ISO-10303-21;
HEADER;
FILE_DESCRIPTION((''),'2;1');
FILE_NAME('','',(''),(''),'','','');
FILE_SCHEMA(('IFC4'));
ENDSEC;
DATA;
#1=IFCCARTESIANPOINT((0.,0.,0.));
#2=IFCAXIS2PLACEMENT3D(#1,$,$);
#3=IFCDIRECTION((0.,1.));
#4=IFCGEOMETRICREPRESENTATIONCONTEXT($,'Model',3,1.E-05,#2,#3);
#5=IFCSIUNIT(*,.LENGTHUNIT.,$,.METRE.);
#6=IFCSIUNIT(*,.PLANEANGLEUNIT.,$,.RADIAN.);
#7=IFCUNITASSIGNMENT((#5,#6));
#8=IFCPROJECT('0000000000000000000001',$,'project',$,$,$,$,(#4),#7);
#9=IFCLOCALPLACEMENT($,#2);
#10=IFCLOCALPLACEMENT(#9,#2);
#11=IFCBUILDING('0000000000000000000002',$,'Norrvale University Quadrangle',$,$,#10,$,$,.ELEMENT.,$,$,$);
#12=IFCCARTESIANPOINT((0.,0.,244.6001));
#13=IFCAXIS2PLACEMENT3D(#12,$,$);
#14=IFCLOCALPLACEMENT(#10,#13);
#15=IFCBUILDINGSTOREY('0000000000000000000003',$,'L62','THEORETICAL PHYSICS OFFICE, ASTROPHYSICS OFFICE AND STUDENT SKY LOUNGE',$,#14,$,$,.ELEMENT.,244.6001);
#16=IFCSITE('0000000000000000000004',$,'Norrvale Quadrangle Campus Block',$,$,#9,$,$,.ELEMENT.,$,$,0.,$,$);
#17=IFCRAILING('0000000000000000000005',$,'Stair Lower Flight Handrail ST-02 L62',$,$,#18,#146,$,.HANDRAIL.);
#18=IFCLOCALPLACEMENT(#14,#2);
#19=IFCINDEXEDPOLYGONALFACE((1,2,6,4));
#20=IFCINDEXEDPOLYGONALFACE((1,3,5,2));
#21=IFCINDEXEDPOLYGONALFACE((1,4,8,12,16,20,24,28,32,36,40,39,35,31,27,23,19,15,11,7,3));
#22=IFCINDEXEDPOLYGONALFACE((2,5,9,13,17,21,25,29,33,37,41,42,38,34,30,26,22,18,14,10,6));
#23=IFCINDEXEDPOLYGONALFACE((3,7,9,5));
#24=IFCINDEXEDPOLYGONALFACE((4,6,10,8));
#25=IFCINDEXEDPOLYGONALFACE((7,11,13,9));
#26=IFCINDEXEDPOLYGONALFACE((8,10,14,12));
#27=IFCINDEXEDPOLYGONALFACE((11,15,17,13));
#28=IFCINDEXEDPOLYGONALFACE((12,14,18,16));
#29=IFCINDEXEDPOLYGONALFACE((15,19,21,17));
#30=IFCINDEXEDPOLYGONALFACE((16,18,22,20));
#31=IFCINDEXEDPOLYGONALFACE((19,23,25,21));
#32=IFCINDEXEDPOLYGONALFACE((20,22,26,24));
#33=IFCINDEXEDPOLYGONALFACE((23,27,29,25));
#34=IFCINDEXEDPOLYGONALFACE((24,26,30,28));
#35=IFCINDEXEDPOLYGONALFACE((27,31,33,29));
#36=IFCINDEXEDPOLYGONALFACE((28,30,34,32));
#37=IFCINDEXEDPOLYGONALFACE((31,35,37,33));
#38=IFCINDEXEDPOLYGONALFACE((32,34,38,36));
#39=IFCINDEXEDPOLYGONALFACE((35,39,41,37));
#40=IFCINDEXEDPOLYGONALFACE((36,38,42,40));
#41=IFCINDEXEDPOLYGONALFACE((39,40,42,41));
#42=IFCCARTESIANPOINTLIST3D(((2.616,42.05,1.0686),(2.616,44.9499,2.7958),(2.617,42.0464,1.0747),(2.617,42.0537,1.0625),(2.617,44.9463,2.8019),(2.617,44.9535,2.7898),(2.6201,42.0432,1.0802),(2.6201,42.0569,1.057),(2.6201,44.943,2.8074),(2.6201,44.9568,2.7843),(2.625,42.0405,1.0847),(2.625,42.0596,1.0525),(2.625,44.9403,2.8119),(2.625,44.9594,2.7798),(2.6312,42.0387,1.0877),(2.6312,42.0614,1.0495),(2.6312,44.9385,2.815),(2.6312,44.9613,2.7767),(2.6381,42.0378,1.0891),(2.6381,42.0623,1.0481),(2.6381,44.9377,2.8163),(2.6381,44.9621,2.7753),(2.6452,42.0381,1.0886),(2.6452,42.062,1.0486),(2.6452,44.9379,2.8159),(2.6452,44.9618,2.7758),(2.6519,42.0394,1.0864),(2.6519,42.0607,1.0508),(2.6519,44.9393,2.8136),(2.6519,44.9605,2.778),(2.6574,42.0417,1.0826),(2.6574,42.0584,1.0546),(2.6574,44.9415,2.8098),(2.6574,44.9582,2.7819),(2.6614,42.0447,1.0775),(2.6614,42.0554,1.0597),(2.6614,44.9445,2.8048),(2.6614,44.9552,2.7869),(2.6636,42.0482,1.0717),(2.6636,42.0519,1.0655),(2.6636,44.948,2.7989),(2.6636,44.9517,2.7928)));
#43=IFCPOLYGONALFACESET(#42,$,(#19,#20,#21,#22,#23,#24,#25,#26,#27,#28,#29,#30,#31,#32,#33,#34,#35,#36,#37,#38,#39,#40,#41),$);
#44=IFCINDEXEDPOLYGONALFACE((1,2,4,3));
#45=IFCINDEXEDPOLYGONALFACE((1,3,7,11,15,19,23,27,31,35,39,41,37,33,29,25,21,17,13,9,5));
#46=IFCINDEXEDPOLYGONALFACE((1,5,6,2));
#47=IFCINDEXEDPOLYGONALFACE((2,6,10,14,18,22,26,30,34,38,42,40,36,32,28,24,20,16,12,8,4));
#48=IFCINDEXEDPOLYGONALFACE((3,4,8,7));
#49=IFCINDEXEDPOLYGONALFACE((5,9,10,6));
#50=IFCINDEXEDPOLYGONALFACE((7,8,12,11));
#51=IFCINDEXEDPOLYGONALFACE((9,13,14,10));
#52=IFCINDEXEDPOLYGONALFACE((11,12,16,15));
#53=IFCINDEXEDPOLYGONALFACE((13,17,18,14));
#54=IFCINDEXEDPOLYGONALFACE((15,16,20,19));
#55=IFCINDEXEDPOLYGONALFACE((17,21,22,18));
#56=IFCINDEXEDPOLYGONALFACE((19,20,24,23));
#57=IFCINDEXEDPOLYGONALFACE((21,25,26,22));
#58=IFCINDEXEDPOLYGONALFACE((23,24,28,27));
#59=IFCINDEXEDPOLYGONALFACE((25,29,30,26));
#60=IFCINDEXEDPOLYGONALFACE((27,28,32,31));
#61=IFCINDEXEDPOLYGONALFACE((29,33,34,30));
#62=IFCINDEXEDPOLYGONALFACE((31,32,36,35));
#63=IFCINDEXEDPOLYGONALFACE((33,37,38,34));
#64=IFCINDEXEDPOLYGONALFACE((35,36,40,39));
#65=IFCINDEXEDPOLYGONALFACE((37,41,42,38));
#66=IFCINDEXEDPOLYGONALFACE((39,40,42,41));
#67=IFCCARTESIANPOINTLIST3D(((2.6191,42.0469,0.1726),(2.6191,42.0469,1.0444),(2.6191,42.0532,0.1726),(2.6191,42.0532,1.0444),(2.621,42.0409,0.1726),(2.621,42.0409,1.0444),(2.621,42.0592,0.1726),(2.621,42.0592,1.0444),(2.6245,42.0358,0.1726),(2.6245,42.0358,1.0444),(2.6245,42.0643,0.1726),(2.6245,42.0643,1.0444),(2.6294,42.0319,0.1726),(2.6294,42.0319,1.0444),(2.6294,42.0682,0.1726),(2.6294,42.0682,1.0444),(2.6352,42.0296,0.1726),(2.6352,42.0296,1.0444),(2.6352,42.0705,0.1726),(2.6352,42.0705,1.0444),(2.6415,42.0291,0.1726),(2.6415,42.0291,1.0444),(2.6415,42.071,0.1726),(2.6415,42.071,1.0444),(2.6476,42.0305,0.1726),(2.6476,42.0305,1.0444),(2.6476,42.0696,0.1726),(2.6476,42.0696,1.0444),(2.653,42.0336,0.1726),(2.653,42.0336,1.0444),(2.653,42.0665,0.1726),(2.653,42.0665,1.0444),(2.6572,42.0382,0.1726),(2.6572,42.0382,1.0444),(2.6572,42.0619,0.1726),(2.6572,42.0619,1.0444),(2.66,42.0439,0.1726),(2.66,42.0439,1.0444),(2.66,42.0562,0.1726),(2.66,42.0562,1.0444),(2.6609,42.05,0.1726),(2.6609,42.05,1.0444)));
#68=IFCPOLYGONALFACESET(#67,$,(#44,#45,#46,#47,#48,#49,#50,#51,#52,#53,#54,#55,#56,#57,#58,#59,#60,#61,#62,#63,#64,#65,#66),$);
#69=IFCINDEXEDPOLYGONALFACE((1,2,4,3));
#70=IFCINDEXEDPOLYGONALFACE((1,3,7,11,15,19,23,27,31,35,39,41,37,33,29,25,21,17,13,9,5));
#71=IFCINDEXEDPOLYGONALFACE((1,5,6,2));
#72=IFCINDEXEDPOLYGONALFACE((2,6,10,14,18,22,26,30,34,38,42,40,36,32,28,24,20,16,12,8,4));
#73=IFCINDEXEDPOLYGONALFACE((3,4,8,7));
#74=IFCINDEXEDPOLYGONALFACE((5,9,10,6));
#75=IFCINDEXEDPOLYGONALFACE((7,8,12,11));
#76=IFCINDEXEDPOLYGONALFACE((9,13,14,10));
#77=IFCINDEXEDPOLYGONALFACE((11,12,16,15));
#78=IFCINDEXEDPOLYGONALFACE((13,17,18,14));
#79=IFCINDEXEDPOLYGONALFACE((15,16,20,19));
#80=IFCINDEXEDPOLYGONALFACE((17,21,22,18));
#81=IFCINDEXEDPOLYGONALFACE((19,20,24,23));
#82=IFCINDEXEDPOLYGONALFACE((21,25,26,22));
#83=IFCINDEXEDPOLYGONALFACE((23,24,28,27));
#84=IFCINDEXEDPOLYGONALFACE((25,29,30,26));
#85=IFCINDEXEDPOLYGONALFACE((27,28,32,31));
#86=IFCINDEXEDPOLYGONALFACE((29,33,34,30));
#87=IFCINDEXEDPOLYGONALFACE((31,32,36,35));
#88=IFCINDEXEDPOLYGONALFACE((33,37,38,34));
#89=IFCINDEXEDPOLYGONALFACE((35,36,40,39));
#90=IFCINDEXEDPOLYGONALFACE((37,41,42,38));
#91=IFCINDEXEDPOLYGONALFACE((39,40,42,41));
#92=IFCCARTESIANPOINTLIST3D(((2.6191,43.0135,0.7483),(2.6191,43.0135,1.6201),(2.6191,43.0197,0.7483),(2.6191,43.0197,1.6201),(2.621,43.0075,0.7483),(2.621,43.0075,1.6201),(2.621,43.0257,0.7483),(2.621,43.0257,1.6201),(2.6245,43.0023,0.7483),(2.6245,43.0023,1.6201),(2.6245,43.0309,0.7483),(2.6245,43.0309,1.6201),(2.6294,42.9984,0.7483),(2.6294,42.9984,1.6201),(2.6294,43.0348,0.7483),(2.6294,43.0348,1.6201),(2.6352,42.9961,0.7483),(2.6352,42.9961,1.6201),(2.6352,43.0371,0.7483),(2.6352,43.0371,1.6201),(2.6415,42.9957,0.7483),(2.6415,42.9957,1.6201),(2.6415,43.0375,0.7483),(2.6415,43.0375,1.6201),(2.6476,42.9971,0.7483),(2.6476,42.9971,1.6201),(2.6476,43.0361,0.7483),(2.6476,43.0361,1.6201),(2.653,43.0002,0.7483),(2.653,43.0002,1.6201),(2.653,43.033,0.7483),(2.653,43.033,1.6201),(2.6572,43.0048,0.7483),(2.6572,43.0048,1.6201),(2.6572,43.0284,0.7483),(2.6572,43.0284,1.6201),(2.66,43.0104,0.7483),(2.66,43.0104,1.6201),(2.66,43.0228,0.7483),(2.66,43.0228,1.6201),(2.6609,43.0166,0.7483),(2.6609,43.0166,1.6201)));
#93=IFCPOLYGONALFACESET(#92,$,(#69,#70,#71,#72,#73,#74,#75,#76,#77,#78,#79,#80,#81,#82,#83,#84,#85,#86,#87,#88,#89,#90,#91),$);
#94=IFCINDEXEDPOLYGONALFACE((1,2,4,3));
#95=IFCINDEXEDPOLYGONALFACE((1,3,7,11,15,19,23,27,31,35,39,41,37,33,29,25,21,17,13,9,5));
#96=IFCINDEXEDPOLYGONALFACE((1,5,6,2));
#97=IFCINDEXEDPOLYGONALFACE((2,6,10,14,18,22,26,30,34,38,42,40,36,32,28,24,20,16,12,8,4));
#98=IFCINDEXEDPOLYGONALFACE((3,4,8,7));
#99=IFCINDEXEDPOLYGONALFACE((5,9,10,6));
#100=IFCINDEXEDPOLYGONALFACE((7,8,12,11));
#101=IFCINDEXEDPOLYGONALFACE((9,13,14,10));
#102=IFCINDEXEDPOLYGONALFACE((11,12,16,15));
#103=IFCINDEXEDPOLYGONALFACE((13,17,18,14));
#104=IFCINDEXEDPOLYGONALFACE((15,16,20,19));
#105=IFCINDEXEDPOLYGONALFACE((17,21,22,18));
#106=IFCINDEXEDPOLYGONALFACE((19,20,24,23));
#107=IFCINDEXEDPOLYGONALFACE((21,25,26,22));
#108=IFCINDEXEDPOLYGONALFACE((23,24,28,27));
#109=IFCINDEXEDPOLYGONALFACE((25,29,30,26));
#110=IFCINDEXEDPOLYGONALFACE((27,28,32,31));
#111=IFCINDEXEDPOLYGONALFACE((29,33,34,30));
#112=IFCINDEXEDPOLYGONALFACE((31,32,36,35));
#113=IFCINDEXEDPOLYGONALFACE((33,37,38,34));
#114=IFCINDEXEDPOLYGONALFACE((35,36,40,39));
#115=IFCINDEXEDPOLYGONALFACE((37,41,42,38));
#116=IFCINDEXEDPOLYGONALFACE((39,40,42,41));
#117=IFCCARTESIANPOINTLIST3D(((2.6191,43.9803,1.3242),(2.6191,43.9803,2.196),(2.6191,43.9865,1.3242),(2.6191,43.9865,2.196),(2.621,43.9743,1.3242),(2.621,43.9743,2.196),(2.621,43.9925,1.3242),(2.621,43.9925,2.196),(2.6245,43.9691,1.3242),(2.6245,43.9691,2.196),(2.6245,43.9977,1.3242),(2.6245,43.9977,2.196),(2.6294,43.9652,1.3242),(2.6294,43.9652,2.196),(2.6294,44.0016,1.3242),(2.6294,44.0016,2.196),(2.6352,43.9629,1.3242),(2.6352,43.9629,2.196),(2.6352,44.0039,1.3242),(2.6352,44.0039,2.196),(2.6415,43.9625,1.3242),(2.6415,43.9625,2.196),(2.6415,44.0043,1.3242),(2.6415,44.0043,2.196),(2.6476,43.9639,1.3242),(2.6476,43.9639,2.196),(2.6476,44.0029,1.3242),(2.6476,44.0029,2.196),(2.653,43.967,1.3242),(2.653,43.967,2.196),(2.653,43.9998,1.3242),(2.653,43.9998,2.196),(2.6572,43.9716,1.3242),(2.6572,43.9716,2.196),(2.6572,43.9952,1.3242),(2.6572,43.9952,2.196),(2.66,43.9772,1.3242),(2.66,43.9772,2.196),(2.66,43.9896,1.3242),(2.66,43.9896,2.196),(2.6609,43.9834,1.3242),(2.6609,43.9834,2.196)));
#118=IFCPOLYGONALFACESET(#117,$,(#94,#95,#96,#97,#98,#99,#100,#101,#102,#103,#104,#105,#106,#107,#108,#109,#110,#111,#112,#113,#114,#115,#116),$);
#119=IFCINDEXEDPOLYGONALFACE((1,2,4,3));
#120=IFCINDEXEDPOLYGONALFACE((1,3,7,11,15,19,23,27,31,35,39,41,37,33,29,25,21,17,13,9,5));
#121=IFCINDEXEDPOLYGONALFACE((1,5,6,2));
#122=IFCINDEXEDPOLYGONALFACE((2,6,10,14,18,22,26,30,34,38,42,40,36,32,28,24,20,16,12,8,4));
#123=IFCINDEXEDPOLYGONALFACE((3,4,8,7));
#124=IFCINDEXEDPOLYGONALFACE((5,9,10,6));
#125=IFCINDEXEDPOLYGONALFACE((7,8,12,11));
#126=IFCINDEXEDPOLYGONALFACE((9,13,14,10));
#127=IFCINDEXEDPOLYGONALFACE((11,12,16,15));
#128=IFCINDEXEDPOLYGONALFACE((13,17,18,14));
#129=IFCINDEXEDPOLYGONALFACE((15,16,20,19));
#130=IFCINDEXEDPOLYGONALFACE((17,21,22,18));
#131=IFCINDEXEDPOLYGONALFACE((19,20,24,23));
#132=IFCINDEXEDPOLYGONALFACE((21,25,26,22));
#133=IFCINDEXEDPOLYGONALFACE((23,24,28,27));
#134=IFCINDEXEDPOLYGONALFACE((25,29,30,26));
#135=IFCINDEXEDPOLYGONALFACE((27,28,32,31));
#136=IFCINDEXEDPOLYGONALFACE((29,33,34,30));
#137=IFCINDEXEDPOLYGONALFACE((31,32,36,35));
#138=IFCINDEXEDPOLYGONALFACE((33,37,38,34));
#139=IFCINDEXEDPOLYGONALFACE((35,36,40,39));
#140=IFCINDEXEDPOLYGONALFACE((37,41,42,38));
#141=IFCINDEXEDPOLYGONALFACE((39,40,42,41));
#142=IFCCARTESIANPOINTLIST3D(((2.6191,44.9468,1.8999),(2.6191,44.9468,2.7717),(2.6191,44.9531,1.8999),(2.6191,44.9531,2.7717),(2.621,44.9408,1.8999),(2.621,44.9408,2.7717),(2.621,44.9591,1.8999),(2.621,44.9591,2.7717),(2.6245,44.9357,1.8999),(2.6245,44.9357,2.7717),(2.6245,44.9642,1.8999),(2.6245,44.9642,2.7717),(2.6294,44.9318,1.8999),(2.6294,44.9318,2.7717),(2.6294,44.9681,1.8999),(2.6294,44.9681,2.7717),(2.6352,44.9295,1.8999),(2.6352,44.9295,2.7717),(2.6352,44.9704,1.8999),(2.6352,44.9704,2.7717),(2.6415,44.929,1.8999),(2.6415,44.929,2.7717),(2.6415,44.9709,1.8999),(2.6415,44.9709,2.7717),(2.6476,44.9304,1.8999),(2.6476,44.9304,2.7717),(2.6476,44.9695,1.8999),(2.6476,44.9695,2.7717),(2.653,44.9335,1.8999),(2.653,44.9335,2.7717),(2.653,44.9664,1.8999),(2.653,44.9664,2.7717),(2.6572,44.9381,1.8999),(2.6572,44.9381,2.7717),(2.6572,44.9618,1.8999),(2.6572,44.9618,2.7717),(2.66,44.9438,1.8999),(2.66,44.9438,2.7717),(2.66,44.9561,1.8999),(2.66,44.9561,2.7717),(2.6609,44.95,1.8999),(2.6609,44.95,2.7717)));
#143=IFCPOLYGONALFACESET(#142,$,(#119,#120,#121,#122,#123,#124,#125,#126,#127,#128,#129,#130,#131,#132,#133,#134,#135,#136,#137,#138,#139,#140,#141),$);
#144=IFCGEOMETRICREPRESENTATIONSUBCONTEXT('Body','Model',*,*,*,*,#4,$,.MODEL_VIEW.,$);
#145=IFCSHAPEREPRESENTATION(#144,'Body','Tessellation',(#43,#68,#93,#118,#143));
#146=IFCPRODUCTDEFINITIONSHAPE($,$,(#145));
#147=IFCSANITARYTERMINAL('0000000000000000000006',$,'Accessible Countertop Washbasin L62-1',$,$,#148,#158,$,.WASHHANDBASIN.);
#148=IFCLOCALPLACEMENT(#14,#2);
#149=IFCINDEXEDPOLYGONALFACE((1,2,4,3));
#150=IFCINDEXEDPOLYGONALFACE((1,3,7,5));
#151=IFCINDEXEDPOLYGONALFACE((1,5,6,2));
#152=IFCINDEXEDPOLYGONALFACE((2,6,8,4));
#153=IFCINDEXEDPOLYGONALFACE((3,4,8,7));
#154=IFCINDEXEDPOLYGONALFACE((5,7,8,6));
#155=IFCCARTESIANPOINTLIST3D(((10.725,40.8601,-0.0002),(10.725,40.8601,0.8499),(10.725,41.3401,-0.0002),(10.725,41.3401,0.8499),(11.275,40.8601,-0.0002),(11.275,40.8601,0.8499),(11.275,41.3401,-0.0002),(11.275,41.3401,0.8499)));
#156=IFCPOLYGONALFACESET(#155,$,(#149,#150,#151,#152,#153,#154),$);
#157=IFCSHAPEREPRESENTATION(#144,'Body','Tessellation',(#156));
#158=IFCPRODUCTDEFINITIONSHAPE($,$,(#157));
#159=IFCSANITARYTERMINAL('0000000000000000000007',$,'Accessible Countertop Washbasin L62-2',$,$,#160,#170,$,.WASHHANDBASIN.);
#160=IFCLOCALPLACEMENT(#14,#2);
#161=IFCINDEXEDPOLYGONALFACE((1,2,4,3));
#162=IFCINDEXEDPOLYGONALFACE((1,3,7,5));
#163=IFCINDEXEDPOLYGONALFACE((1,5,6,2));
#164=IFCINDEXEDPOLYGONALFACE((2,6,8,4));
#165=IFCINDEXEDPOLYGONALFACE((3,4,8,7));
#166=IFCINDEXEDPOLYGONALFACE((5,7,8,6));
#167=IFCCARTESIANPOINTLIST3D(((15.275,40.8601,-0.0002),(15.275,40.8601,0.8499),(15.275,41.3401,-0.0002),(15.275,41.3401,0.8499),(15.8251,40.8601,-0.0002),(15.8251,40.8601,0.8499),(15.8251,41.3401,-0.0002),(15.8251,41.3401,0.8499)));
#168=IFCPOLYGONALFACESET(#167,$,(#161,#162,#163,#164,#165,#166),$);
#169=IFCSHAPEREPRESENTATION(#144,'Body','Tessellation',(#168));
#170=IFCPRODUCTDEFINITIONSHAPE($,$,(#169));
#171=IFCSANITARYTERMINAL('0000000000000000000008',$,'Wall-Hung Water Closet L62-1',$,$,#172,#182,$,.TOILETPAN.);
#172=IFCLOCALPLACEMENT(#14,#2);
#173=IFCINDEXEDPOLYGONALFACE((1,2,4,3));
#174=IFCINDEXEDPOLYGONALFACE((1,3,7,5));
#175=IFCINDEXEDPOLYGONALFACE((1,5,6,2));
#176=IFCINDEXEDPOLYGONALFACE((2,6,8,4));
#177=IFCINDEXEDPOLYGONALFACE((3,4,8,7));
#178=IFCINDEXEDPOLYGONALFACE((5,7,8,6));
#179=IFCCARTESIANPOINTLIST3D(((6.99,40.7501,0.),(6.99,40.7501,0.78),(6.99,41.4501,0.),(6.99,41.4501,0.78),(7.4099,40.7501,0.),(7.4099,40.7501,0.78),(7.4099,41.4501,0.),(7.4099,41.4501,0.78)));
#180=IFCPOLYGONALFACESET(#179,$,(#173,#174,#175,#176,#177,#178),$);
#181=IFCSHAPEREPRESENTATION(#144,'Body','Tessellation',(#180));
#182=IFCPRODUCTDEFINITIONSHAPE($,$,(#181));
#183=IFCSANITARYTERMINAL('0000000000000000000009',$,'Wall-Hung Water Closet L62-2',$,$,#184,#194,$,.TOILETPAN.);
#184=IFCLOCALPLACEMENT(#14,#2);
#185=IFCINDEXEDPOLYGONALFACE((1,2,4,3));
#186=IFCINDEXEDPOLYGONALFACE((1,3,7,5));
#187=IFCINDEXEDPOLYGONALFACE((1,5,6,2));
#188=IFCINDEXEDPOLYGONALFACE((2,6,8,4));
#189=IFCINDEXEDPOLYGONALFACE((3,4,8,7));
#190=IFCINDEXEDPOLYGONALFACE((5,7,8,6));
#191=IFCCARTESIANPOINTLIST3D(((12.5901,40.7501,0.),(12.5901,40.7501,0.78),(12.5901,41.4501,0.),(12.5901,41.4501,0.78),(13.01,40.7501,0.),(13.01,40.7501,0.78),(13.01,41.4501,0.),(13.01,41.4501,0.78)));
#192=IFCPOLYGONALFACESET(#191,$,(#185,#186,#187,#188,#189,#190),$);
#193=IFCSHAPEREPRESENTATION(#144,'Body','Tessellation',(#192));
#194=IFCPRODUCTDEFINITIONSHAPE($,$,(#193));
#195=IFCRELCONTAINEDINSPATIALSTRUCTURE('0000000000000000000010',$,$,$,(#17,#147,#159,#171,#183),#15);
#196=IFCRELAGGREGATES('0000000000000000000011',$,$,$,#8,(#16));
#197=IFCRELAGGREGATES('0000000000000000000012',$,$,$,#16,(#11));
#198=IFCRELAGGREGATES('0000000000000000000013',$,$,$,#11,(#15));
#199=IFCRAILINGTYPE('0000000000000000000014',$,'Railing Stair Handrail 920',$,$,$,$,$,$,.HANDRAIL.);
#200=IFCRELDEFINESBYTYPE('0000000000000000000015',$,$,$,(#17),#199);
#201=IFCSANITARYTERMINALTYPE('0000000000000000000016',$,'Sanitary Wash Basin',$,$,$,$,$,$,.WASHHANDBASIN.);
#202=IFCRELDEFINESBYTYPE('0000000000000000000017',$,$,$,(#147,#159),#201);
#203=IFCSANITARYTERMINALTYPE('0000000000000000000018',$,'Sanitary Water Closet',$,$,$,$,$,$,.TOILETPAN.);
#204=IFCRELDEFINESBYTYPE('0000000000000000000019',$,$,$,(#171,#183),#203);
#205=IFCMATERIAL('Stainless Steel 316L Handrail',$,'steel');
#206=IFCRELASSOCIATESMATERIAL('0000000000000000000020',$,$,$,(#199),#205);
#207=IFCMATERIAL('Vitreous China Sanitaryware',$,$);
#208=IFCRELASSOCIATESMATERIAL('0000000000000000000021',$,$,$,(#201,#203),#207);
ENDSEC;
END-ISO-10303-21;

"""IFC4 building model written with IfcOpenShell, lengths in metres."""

from ifc_helpers import new_model, si_unit, direction, frame, origin, origin_2d, place, context, subcontext, project, spatial, rectangle, circle, extrude, material, type_object, element, save


model = new_model("IFC4")

# Units and contexts
model_context = context("Model", 3, precision=1e-05, world=origin(), true_north=direction((0.0, 1.0)))
body_context = subcontext(model_context, "Body", "Model", "MODEL_VIEW")
ifc_project = project(units=[si_unit("LENGTHUNIT", "METRE"), si_unit("PLANEANGLEUNIT", "RADIAN")], contexts=[model_context])

# Site, building, storey
site_placement = place(None, origin())
site = spatial("IfcSite", under=ifc_project, at=site_placement, Name="Norrvale Quadrangle Campus Block", CompositionType="ELEMENT", RefElevation=0.0)
building_placement = place(site_placement, origin())
building = spatial("IfcBuilding", under=site, at=building_placement, Name="Norrvale University Quadrangle", CompositionType="ELEMENT")
storey_placement = place(building_placement, frame((0.0, 0.0, 244.6001)))
storey = spatial("IfcBuildingStorey", under=building, at=storey_placement, Name="L62", Description="THEORETICAL PHYSICS OFFICE, ASTROPHYSICS OFFICE AND STUDENT SKY LOUNGE", CompositionType="ELEMENT", Elevation=244.6001)

# Railing
ifc_material_1 = material(Name="Stainless Steel 316L Handrail", Category="steel")
railing_type_1 = type_object("IfcRailingType", Name="Railing Stair Handrail 920", PredefinedType="HANDRAIL", material=ifc_material_1)
railing_1_placement = place(storey_placement, frame((2.6399, 42.05, 0.1726)))
element("IfcRailing", 1, at=railing_1_placement, inside=storey, type_object=railing_type_1, Name="Stair Lower Flight Handrail ST-02 L62", PredefinedType="HANDRAIL", context=body_context, shape_type="SweptSolid", body=[
    extrude(circle(Radius=0.0239, at=origin_2d()), frame((0.0, 0.0, 0.896), z_axis=(0.0, 0.859141, 0.511738), x_axis=(-1.0, 0.0, 0.0)), (0.0, 0.0, 1.0), 3.3752),
    extrude(circle(Radius=0.021, at=origin_2d()), origin(), (0.0, 0.0, 1.0), 0.8718),
    extrude(circle(Radius=0.021, at=origin_2d()), frame((0.0, 0.9666, 0.5757)), (0.0, 0.0, 1.0), 0.8718),
    extrude(circle(Radius=0.021, at=origin_2d()), frame((0.0, 1.9333, 1.1516)), (0.0, 0.0, 1.0), 0.8718),
    extrude(circle(Radius=0.021, at=origin_2d()), frame((0.0, 2.8999, 1.7273)), (0.0, 0.0, 1.0), 0.8718),
])

# Sanitary terminals
ifc_material_2 = material(Name="Vitreous China Sanitaryware")
sanitary_terminal_type_1 = type_object("IfcSanitaryTerminalType", Name="Sanitary Wash Basin", PredefinedType="WASHHANDBASIN", material=ifc_material_2)
for number, where, z_axis, x_axis, name in (
    (2, (11.0, 41.1001, -0.0002), (0.0, 0.0, 1.0), (1.0, 0.0, 0.0), "Accessible Countertop Washbasin L62-1"),
    (3, (15.55, 41.1001, -0.0002), (0.0, 0.0, 1.0), (1.0, 0.0, 0.0), "Accessible Countertop Washbasin L62-2"),
):
    element("IfcSanitaryTerminal", number, at=place(storey_placement, frame(where, z_axis=z_axis, x_axis=x_axis)), inside=storey, type_object=sanitary_terminal_type_1, Name=name, PredefinedType="WASHHANDBASIN", context=body_context, shape_type="SweptSolid", body=[
        extrude(rectangle(XDim=0.55, YDim=0.48, at=origin_2d()), origin(), (0.0, 0.0, 1.0), 0.8501),
    ])
sanitary_terminal_type_2 = type_object("IfcSanitaryTerminalType", Name="Sanitary Water Closet", PredefinedType="TOILETPAN", material=ifc_material_2)
for number, where, z_axis, x_axis, name in (
    (4, (7.2, 41.1001, 0.0), (0.0, 0.0, 1.0), (1.0, 0.0, 0.0), "Wall-Hung Water Closet L62-1"),
    (5, (12.8, 41.1001, 0.0), (0.0, 0.0, 1.0), (1.0, 0.0, 0.0), "Wall-Hung Water Closet L62-2"),
):
    element("IfcSanitaryTerminal", number, at=place(storey_placement, frame(where, z_axis=z_axis, x_axis=x_axis)), inside=storey, type_object=sanitary_terminal_type_2, Name=name, PredefinedType="TOILETPAN", context=body_context, shape_type="SweptSolid", body=[
        extrude(rectangle(XDim=0.4199, YDim=0.7, at=origin_2d()), origin(), (0.0, 0.0, 1.0), 0.78),
    ])

save(model, "model.ifc")
